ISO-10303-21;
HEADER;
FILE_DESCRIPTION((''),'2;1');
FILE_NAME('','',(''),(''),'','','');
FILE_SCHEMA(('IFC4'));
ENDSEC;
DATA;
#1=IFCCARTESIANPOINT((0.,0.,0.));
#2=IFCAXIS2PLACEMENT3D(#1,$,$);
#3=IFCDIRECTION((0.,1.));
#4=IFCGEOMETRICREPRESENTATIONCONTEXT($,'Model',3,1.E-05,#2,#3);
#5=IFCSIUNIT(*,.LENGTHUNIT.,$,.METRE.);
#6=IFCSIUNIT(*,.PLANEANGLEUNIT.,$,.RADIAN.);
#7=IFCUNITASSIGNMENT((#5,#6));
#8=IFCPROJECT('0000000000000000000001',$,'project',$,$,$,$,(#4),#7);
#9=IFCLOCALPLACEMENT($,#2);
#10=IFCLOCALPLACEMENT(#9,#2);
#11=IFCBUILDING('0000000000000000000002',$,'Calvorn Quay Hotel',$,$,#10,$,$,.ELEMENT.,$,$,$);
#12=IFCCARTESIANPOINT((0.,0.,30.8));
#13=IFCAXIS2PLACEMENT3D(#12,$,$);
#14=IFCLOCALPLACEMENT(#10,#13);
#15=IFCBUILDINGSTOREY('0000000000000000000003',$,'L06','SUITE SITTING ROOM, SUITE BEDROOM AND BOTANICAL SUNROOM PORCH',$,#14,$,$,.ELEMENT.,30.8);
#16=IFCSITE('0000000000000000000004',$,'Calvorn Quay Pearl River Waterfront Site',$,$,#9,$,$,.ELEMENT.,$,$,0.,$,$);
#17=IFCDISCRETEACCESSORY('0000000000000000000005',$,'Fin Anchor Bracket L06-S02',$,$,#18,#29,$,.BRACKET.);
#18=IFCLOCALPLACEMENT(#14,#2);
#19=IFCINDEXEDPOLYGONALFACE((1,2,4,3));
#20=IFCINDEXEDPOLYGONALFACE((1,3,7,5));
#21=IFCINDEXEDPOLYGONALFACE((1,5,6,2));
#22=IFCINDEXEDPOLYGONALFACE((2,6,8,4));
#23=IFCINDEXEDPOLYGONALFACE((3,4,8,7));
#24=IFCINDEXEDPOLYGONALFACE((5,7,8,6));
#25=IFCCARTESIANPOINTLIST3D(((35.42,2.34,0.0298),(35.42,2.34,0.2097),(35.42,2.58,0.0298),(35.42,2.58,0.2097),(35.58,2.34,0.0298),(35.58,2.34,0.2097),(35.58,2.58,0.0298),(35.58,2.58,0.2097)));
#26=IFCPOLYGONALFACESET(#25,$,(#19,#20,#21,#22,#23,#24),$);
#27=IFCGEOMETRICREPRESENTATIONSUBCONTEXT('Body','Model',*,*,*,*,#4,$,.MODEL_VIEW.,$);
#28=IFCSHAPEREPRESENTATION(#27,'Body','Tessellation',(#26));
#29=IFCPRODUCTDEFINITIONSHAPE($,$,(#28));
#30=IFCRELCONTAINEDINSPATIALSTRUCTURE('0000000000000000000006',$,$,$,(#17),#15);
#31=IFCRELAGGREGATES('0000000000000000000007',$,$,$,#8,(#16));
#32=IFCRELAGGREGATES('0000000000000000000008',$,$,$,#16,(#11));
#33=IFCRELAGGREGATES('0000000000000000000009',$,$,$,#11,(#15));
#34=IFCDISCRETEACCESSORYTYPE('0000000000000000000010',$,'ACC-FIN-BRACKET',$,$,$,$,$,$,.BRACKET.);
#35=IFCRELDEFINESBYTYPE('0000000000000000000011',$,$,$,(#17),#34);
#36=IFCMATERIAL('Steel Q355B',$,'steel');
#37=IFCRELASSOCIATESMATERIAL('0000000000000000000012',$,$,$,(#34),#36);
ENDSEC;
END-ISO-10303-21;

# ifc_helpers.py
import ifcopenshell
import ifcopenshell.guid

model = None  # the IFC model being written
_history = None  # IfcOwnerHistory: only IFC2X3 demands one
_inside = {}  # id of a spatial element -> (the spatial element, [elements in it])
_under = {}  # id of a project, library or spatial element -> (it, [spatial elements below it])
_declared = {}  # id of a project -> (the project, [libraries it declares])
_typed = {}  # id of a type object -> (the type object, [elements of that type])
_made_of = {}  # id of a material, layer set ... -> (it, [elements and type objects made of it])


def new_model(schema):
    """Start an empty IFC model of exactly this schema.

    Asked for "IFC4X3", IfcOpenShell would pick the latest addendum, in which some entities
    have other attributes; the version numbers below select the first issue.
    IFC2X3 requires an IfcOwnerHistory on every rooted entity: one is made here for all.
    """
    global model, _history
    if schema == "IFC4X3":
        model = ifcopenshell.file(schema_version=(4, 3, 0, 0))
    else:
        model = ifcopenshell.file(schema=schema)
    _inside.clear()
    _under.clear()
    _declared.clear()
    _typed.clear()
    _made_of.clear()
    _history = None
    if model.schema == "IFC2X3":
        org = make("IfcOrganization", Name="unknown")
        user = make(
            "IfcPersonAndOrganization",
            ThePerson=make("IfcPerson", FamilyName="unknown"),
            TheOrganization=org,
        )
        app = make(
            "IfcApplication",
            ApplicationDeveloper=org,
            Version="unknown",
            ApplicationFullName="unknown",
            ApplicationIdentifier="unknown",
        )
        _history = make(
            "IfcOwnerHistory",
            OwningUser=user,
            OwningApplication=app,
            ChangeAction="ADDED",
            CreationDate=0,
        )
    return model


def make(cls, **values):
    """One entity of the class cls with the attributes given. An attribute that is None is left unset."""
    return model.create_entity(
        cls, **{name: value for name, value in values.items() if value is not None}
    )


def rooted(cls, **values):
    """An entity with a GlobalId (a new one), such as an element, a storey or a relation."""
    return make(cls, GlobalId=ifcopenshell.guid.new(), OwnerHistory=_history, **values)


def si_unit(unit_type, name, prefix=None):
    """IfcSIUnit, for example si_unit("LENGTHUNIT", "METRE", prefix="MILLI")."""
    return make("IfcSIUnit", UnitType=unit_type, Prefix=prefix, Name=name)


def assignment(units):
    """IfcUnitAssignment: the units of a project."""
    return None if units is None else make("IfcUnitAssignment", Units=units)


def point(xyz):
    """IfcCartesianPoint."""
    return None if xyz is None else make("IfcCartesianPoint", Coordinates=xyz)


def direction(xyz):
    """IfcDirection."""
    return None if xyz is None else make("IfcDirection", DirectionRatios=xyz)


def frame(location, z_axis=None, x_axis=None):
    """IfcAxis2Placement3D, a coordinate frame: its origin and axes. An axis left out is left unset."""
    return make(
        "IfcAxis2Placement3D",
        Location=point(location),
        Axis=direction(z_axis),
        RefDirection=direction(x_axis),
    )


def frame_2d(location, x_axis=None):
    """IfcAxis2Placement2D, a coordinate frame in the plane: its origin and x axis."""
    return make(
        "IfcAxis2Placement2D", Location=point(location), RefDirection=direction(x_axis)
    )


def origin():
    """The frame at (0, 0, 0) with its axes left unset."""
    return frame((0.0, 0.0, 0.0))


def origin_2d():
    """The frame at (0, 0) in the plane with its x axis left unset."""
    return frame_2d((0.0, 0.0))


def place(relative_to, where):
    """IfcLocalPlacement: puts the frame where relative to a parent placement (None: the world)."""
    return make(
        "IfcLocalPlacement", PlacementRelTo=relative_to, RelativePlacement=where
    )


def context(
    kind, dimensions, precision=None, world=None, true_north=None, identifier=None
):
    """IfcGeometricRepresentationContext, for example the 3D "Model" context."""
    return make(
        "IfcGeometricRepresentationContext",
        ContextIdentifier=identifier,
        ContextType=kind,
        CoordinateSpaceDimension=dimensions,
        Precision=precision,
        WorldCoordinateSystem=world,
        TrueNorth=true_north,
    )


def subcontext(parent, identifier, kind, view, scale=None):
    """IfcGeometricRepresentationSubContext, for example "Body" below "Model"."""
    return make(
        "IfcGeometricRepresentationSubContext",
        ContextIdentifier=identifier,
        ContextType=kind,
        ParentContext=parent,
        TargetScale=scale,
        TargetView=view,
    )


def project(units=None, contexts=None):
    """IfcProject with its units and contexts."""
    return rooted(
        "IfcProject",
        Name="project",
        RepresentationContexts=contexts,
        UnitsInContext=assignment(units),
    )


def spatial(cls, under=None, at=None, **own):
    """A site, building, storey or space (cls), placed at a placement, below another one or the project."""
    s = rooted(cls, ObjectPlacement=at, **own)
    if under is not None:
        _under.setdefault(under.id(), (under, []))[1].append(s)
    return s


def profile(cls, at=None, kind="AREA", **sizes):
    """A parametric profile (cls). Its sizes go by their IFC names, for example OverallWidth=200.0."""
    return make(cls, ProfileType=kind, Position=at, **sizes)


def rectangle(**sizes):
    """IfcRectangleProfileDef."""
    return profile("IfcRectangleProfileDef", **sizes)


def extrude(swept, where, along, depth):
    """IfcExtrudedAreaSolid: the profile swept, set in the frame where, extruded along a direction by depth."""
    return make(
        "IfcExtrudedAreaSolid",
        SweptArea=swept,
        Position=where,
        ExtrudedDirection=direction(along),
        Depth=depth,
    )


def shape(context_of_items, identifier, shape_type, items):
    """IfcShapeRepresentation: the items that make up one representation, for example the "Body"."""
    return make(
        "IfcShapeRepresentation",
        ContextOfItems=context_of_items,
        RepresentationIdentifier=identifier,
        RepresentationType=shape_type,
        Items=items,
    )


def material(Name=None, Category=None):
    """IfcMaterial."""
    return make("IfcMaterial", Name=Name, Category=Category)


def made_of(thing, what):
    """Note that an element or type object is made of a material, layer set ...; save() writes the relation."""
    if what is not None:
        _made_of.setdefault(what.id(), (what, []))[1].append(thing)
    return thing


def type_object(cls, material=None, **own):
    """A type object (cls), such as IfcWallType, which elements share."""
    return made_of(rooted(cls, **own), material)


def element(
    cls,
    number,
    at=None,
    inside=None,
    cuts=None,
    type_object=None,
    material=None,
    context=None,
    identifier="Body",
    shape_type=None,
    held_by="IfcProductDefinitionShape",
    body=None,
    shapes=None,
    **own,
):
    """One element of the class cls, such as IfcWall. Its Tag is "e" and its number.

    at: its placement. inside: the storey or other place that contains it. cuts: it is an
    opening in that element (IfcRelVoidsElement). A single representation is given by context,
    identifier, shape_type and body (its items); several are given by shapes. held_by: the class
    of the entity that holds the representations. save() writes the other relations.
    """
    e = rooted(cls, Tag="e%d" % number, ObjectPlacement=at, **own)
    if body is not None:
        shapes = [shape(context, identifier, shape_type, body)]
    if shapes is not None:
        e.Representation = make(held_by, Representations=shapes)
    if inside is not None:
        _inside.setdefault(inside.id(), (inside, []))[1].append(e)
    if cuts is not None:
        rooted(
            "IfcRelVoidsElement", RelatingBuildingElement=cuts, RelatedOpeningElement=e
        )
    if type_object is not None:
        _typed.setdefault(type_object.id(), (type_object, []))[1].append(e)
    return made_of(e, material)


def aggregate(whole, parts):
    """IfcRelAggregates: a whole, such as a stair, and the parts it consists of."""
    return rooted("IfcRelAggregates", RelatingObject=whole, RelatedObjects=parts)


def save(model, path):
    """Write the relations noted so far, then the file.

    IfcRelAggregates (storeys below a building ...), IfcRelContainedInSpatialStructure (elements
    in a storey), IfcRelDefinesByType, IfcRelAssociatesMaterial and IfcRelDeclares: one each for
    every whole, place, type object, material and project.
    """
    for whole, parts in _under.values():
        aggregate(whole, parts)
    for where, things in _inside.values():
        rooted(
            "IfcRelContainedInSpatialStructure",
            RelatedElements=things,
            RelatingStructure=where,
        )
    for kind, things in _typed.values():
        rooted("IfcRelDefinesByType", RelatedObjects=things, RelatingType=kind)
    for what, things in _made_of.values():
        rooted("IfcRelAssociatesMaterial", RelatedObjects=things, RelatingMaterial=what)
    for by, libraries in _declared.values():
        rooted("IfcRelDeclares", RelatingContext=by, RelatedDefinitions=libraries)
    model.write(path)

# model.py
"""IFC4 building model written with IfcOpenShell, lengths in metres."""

from ifc_helpers import new_model, si_unit, direction, frame, origin, origin_2d, place, context, subcontext, project, spatial, rectangle, extrude, material, type_object, element, save


model = new_model("IFC4")

# Units and contexts
model_context = context("Model", 3, precision=1e-05, world=origin(), true_north=direction((0.0, 1.0)))
body_context = subcontext(model_context, "Body", "Model", "MODEL_VIEW")
ifc_project = project(units=[si_unit("LENGTHUNIT", "METRE"), si_unit("PLANEANGLEUNIT", "RADIAN")], contexts=[model_context])

# Site, building, storey
site_placement = place(None, origin())
site = spatial("IfcSite", under=ifc_project, at=site_placement, Name="Calvorn Quay Pearl River Waterfront Site", CompositionType="ELEMENT", RefElevation=0.0)
building_placement = place(site_placement, origin())
building = spatial("IfcBuilding", under=site, at=building_placement, Name="Calvorn Quay Hotel", CompositionType="ELEMENT")
storey_placement = place(building_placement, frame((0.0, 0.0, 30.8)))
storey = spatial("IfcBuildingStorey", under=building, at=storey_placement, Name="L06", Description="SUITE SITTING ROOM, SUITE BEDROOM AND BOTANICAL SUNROOM PORCH", CompositionType="ELEMENT", Elevation=30.8)

# Discrete accessory
ifc_material_1 = material(Name="Steel Q355B", Category="steel")
discrete_accessory_type = type_object("IfcDiscreteAccessoryType", Name="ACC-FIN-BRACKET", PredefinedType="BRACKET", material=ifc_material_1)
discrete_accessory_placement = place(storey_placement, frame((35.5, 2.46, 0.0298), z_axis=(0.0, 0.0, 1.0), x_axis=(0.0, 1.0, 0.0)))
element("IfcDiscreteAccessory", 1, at=discrete_accessory_placement, inside=storey, type_object=discrete_accessory_type, Name="Fin Anchor Bracket L06-S02", PredefinedType="BRACKET", context=body_context, shape_type="SweptSolid", body=[
    extrude(rectangle(XDim=0.24, YDim=0.1599, at=origin_2d()), origin(), (0.0, 0.0, 1.0), 0.1799),
])

save(model, "model.ifc")
